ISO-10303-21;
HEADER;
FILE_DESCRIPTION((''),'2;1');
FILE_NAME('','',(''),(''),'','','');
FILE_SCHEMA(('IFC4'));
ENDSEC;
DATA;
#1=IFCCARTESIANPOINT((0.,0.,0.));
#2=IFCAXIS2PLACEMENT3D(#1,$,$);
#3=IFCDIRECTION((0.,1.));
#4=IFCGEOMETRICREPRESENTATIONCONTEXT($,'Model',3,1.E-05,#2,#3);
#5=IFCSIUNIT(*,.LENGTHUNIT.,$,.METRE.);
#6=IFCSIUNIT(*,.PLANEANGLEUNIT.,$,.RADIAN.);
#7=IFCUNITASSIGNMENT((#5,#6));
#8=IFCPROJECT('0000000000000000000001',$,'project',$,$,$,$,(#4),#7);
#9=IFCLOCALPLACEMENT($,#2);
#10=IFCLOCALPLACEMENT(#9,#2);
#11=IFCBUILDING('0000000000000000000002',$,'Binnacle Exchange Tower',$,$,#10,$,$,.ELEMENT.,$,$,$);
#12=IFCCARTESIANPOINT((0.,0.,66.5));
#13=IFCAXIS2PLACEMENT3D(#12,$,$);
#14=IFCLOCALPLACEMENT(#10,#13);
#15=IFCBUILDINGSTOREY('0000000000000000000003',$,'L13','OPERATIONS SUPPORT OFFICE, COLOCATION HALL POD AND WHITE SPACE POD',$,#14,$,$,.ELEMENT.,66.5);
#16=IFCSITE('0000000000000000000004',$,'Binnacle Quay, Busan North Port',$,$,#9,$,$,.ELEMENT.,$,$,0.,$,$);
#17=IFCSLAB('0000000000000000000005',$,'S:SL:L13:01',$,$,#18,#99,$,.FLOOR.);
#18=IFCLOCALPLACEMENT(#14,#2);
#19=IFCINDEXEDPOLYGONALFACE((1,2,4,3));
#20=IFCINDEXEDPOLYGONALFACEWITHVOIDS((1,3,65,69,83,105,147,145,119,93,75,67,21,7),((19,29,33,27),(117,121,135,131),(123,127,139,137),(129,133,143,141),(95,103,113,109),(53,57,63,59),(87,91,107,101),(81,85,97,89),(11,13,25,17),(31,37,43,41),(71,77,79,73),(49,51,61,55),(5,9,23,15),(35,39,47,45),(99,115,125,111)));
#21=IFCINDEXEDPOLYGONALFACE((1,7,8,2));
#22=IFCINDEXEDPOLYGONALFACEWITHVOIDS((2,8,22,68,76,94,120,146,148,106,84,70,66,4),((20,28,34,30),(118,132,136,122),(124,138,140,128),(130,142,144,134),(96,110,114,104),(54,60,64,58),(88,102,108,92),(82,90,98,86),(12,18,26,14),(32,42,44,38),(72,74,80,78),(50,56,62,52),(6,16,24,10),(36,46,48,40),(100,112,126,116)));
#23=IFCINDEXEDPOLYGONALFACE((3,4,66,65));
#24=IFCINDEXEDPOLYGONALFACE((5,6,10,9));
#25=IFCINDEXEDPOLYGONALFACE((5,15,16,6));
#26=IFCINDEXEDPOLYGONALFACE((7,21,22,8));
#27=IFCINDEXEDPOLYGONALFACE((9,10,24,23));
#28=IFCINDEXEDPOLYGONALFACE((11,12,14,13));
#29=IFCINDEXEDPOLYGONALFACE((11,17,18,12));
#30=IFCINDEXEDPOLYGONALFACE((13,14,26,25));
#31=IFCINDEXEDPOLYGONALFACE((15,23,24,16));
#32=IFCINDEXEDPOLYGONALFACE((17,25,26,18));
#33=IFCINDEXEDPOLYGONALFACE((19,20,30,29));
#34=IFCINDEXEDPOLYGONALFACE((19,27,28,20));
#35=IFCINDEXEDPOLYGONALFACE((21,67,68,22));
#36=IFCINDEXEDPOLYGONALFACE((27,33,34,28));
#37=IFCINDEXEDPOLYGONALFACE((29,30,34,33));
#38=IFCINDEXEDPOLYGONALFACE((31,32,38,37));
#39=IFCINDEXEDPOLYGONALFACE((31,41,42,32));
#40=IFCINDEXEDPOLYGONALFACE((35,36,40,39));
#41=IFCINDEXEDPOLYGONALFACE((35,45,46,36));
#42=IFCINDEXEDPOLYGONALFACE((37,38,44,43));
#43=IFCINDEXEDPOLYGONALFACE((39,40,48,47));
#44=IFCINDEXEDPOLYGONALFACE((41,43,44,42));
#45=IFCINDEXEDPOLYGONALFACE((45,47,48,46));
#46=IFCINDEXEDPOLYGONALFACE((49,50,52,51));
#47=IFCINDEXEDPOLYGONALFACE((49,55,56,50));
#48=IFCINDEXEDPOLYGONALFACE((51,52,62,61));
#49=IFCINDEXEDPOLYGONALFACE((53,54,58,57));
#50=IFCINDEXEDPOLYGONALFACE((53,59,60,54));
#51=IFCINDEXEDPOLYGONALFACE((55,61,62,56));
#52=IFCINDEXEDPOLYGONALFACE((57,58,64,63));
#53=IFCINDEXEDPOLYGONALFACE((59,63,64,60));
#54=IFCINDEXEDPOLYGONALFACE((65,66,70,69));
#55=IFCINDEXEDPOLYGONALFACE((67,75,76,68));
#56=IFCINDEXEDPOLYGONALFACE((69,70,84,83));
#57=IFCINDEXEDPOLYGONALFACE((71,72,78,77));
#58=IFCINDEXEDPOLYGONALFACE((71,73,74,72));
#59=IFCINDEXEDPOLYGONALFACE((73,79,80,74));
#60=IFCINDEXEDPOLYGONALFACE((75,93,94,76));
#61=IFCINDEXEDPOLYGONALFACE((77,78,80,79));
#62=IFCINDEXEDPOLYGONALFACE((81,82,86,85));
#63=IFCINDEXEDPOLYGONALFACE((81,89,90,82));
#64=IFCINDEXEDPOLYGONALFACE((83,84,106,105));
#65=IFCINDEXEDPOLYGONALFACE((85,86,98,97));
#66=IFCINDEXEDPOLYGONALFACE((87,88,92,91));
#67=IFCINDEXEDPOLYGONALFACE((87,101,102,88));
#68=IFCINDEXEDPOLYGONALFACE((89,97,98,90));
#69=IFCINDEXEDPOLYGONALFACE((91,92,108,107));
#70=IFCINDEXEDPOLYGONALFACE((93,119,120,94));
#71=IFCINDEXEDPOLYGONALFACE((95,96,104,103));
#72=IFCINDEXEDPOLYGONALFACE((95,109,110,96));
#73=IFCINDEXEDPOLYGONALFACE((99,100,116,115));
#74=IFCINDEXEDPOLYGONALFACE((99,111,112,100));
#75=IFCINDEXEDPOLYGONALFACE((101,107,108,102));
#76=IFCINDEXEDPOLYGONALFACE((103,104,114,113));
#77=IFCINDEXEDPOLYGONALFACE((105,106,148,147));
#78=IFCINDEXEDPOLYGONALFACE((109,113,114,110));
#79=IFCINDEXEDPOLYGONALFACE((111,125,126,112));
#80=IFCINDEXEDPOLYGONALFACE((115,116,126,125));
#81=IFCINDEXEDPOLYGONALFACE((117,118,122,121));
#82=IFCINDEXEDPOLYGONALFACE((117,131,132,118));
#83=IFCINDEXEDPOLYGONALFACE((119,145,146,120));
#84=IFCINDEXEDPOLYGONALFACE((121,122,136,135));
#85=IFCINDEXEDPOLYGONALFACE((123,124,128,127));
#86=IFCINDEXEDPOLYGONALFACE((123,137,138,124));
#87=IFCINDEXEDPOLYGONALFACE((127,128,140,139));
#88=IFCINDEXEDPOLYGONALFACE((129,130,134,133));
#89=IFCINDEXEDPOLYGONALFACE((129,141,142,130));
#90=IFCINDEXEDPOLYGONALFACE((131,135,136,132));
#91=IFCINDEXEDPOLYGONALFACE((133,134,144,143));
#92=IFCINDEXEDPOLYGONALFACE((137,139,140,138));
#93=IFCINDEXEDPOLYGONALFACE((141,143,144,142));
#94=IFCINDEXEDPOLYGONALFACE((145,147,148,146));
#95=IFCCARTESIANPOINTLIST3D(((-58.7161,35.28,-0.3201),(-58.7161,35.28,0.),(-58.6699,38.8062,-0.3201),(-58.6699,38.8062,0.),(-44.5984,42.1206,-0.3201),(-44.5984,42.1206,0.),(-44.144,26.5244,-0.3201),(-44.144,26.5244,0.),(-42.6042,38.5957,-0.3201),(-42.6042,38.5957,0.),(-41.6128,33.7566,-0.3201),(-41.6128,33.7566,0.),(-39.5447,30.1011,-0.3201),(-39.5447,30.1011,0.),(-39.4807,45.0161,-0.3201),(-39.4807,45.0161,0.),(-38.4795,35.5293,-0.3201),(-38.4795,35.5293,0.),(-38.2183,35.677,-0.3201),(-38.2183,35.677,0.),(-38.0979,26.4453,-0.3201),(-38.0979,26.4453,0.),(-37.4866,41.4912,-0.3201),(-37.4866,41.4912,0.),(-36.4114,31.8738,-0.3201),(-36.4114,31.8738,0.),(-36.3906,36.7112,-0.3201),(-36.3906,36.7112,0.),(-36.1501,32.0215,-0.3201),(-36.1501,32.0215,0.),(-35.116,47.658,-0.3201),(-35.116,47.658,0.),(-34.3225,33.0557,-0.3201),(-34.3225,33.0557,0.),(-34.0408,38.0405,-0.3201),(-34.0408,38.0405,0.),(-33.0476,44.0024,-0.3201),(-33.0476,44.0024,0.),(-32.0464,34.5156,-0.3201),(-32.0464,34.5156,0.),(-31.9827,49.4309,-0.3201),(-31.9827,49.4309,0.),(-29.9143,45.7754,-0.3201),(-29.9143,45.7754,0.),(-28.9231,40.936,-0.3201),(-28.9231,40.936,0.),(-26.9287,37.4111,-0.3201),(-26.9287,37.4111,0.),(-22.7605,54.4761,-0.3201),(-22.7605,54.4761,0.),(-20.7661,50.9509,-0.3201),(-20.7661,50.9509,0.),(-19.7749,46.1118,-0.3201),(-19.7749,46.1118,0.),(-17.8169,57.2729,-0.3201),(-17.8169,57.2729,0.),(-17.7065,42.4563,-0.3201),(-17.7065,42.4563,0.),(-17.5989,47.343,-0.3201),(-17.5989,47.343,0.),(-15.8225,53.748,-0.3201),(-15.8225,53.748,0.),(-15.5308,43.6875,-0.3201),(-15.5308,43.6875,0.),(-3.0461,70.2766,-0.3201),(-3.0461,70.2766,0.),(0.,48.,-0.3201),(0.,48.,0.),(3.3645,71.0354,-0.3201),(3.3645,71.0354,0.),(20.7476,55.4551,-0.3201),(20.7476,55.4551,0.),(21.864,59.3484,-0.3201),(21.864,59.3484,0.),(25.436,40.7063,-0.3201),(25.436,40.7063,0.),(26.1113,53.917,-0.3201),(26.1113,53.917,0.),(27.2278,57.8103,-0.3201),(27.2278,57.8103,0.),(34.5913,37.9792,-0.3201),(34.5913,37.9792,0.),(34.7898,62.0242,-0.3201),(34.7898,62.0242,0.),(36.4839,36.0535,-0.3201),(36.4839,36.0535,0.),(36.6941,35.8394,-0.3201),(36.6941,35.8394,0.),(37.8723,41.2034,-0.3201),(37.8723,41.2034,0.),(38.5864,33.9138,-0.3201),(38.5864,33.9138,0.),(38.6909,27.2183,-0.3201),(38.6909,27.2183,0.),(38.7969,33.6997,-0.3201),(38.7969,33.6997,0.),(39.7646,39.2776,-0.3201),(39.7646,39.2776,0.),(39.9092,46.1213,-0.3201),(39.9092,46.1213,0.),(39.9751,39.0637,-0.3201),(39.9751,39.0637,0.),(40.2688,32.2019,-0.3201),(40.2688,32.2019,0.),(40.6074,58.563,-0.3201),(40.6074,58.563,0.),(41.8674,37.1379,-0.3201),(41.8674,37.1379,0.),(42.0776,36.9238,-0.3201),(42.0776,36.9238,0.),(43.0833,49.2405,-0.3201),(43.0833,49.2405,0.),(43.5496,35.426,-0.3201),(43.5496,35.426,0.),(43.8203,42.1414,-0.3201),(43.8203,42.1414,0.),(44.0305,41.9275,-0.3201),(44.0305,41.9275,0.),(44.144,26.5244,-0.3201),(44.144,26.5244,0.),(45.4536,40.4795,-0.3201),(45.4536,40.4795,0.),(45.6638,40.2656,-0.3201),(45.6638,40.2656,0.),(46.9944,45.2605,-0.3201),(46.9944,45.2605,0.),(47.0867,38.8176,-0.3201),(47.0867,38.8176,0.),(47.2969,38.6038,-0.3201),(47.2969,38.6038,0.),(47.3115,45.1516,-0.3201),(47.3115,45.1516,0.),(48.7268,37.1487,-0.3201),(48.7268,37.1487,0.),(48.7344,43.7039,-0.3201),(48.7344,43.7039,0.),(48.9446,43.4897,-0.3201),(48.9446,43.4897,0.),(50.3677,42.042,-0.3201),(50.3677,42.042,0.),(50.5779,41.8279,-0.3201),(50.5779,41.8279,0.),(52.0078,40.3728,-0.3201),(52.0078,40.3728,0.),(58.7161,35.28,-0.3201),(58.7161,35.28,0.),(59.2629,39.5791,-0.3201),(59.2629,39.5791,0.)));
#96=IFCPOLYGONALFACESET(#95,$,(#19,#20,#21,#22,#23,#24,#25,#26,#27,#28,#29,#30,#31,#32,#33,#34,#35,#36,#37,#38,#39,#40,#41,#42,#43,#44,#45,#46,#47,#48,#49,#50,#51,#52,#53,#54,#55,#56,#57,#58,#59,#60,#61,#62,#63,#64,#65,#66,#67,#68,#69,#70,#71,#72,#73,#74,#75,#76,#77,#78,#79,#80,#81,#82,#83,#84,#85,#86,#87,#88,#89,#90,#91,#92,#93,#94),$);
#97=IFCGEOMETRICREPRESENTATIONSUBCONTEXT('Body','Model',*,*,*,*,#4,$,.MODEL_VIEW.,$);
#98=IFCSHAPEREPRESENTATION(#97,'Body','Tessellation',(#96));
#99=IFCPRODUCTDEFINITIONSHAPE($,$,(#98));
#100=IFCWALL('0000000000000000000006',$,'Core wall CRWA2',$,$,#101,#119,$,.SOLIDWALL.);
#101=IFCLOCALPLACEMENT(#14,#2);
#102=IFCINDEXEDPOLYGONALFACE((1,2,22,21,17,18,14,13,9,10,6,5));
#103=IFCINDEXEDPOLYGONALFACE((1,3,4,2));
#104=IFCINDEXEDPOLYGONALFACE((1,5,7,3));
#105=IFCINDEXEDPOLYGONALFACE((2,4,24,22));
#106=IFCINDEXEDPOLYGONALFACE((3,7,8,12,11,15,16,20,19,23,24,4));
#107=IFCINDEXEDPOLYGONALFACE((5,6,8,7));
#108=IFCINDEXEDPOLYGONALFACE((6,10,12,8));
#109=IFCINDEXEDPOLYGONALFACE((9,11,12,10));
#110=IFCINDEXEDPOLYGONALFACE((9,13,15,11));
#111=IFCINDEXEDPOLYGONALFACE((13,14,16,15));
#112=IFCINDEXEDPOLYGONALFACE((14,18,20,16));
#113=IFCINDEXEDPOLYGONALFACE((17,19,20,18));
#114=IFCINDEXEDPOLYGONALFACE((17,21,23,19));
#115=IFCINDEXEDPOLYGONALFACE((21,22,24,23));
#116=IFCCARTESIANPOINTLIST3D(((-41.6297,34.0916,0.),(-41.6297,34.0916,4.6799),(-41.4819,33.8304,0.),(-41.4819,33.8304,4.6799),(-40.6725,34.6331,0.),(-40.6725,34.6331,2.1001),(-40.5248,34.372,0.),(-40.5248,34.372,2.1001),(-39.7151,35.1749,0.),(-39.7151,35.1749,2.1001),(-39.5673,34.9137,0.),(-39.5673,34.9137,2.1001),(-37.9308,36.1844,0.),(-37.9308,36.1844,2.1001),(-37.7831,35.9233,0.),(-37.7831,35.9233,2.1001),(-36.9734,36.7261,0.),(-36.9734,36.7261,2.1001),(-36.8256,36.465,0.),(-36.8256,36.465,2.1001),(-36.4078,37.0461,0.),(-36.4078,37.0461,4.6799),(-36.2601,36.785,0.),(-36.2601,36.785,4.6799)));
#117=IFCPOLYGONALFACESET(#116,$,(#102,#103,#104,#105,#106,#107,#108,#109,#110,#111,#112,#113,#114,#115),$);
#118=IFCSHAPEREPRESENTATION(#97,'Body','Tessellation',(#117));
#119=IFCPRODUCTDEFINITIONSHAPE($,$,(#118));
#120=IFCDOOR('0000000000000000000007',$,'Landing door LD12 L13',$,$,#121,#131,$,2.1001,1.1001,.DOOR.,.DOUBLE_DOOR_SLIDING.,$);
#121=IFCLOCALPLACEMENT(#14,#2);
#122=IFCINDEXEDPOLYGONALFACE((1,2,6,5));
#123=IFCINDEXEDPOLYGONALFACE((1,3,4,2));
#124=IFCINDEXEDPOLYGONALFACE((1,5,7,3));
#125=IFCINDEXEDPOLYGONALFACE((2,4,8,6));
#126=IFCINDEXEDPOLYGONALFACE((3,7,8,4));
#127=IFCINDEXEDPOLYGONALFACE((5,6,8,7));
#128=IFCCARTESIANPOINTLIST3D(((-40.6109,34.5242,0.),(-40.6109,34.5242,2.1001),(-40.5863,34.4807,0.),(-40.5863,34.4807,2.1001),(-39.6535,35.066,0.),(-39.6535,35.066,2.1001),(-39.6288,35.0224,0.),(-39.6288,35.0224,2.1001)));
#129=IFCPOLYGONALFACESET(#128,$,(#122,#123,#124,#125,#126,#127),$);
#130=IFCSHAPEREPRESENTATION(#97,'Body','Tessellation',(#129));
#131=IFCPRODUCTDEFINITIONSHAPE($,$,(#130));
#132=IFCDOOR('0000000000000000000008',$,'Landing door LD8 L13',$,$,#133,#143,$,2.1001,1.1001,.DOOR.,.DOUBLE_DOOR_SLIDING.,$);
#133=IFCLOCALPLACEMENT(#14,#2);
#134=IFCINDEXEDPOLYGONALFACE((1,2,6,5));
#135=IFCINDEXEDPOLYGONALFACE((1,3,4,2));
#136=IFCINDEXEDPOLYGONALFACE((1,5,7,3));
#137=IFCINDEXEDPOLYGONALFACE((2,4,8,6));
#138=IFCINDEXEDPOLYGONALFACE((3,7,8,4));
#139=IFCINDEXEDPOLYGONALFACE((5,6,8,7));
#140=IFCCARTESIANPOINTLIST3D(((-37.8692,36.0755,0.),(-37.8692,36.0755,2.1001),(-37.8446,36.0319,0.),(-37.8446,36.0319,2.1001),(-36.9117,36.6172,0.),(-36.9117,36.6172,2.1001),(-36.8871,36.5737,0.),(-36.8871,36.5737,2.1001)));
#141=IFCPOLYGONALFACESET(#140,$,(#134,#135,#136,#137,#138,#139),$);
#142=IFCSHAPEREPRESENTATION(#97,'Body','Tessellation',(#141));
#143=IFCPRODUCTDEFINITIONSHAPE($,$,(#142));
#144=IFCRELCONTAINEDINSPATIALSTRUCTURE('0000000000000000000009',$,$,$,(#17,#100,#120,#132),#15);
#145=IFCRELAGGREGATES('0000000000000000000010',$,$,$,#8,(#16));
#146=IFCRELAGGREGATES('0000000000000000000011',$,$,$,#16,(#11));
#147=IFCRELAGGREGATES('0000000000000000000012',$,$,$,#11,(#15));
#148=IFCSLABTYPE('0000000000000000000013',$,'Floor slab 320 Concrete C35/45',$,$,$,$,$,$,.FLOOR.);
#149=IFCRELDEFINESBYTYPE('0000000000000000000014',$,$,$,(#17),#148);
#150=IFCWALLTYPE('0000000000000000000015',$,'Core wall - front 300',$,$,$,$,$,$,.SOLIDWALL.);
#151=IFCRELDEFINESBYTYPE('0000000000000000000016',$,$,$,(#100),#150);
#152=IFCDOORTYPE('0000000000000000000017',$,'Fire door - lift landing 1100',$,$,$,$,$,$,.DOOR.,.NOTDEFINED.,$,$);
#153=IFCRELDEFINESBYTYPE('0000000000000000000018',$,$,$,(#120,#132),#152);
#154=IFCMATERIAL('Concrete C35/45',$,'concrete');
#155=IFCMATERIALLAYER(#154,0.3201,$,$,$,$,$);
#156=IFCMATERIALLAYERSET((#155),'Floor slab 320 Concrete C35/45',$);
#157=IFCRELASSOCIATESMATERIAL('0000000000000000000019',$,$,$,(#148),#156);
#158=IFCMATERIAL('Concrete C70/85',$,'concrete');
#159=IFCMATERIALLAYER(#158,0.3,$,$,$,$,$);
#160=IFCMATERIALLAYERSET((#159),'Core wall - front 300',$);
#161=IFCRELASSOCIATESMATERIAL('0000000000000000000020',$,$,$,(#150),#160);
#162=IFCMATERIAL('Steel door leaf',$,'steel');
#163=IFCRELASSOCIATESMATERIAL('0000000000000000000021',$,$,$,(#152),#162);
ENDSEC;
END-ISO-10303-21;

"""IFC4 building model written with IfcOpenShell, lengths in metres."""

from ifc_helpers import new_model, si_unit, direction, frame, frame_2d, origin, place, context, subcontext, project, spatial, polyline, rectangle, outline, extrude, material, layer, layer_set, type_object, element, fill, save


model = new_model("IFC4")

# Units and contexts
model_context = context("Model", 3, precision=1e-05, world=origin(), true_north=direction((0.0, 1.0)))
body_context = subcontext(model_context, "Body", "Model", "MODEL_VIEW")
ifc_project = project(units=[si_unit("LENGTHUNIT", "METRE"), si_unit("PLANEANGLEUNIT", "RADIAN")], contexts=[model_context])

# Site, building, storey
site_placement = place(None, origin())
site = spatial("IfcSite", under=ifc_project, at=site_placement, Name="Binnacle Quay, Busan North Port", CompositionType="ELEMENT", RefElevation=0.0)
building_placement = place(site_placement, origin())
building = spatial("IfcBuilding", under=site, at=building_placement, Name="Binnacle Exchange Tower", CompositionType="ELEMENT")
storey_placement = place(building_placement, frame((0.0, 0.0, 66.5)))
storey = spatial("IfcBuildingStorey", under=building, at=storey_placement, Name="L13", Description="OPERATIONS SUPPORT OFFICE, COLOCATION HALL POD AND WHITE SPACE POD", CompositionType="ELEMENT", Elevation=66.5)

# Shared definitions
ifc_material_1 = material(Name="Concrete C70/85", Category="concrete")

# Slab
ifc_material_2 = material(Name="Concrete C35/45", Category="concrete")
ifc_layer_1 = layer(ifc_material_2, 0.3201)
ifc_layer_set_1 = layer_set([ifc_layer_1], Name="Floor slab 320 Concrete C35/45")
slab_type = type_object("IfcSlabType", Name="Floor slab 320 Concrete C35/45", PredefinedType="FLOOR", material=ifc_layer_set_1)
slab_placement = place(storey_placement, frame((0.0, 0.0, -0.3201)))
element("IfcSlab", 1, at=slab_placement, inside=storey, type_object=slab_type, Name="S:SL:L13:01", PredefinedType="FLOOR", context=body_context, shape_type="SweptSolid", body=[
    extrude(outline(polyline([(59.2629, 39.5791), (58.7161, 35.28), (44.144, 26.5244), (38.6909, 27.2183), (25.436, 40.7063), (0.0, 48.0), (-38.0979, 26.4453), (-44.144, 26.5244), (-58.7161, 35.28), (-58.6699, 38.8062), (-3.0461, 70.2766), (3.3645, 71.0354), (34.7898, 62.0242), (40.6074, 58.563), (59.2629, 39.5791)]), holes=[polyline([(-38.4795, 35.5293), (-41.6128, 33.7566), (-39.5447, 30.1011), (-36.4114, 31.8738), (-38.4795, 35.5293)]), polyline([(-34.3225, 33.0557), (-36.3906, 36.7112), (-38.2183, 35.677), (-36.1501, 32.0215), (-34.3225, 33.0557)]), polyline([(-34.0408, 38.0405), (-32.0464, 34.5156), (-26.9287, 37.4111), (-28.9231, 40.936), (-34.0408, 38.0405)]), polyline([(-37.4866, 41.4912), (-39.4807, 45.0161), (-44.5984, 42.1206), (-42.6042, 38.5957), (-37.4866, 41.4912)]), polyline([(-15.5308, 43.6875), (-17.5989, 47.343), (-19.7749, 46.1118), (-17.7065, 42.4563), (-15.5308, 43.6875)]), polyline([(-29.9143, 45.7754), (-31.9827, 49.4309), (-35.116, 47.658), (-33.0476, 44.0024), (-29.9143, 45.7754)]), polyline([(-15.8225, 53.748), (-17.8169, 57.2729), (-22.7605, 54.4761), (-20.7661, 50.9509), (-15.8225, 53.748)]), polyline([(26.1113, 53.917), (27.2278, 57.8103), (21.864, 59.3484), (20.7476, 55.4551), (26.1113, 53.917)]), polyline([(40.2688, 32.2019), (43.5496, 35.426), (42.0776, 36.9238), (38.7969, 33.6997), (40.2688, 32.2019)]), polyline([(38.5864, 33.9138), (41.8674, 37.1379), (39.9751, 39.0637), (36.6941, 35.8394), (38.5864, 33.9138)]), polyline([(36.4839, 36.0535), (39.7646, 39.2776), (37.8723, 41.2034), (34.5913, 37.9792), (36.4839, 36.0535)]), polyline([(48.7268, 37.1487), (52.0078, 40.3728), (50.5779, 41.8279), (47.2969, 38.6038), (48.7268, 37.1487)]), polyline([(47.0867, 38.8176), (50.3677, 42.042), (48.9446, 43.4897), (45.6638, 40.2656), (47.0867, 38.8176)]), polyline([(45.4536, 40.4795), (48.7344, 43.7039), (47.3115, 45.1516), (44.0305, 41.9275), (45.4536, 40.4795)]), polyline([(43.8203, 42.1414), (46.9944, 45.2605), (43.0833, 49.2405), (39.9092, 46.1213), (43.8203, 42.1414)])]), origin(), (0.0, 0.0, 1.0), 0.3201),
])

# Wall, openings, doors
ifc_layer_2 = layer(ifc_material_1, 0.3)
ifc_layer_set_2 = layer_set([ifc_layer_2], Name="Core wall - front 300")
wall_type_1 = type_object("IfcWallType", Name="Core wall - front 300", PredefinedType="SOLIDWALL", material=ifc_layer_set_2)
wall_1_placement = place(storey_placement, frame((-41.5559, 33.9609, 0.0), z_axis=(0.0, 0.0, 1.0), x_axis=(0.870344, 0.492445, 0.0)))
wall_1 = element("IfcWall", 2, at=wall_1_placement, inside=storey, type_object=wall_type_1, Name="Core wall CRWA2", PredefinedType="SOLIDWALL", context=body_context, shape_type="SweptSolid", body=[
    extrude(rectangle(XDim=5.9998, YDim=0.3, at=frame_2d((3.0, 0.0))), origin(), (0.0, 0.0, 1.0), 4.6799),
])
opening_1_placement = place(wall_1_placement, frame((1.0999, 0.0, 0.0)))
opening_1 = element("IfcOpeningElement", 3, at=opening_1_placement, cuts=wall_1, PredefinedType="OPENING", context=body_context, shape_type="SweptSolid", body=[
    extrude(rectangle(XDim=1.1001, YDim=2.1001, at=frame_2d((0.55, 1.05))), frame((0.0, 0.1599, 0.0), z_axis=(0.0, -1.0, 0.0), x_axis=(1.0, 0.0, 0.0)), (0.0, 0.0, 1.0), 0.3201),
])
opening_2_placement = place(wall_1_placement, frame((4.25, 0.0, 0.0)))
opening_2 = element("IfcOpeningElement", 4, at=opening_2_placement, cuts=wall_1, PredefinedType="OPENING", context=body_context, shape_type="SweptSolid", body=[
    extrude(rectangle(XDim=1.1001, YDim=2.1001, at=frame_2d((0.55, 1.05))), frame((0.0, 0.1599, 0.0), z_axis=(0.0, -1.0, 0.0), x_axis=(1.0, 0.0, 0.0)), (0.0, 0.0, 1.0), 0.3201),
])
ifc_material_3 = material(Name="Steel door leaf", Category="steel")
door_type_1 = type_object("IfcDoorType", Name="Fire door - lift landing 1100", OperationType="NOTDEFINED", PredefinedType="DOOR", material=ifc_material_3)
door_1_placement = place(opening_1_placement, origin())
door_1 = element("IfcDoor", 5, at=door_1_placement, inside=storey, type_object=door_type_1, Name="Landing door LD12 L13", OperationType="DOUBLE_DOOR_SLIDING", OverallHeight=2.1001, OverallWidth=1.1001, PredefinedType="DOOR", context=body_context, shape_type="SweptSolid", body=[
    extrude(rectangle(XDim=1.1001, YDim=2.1001, at=frame_2d((0.55, 1.05))), frame((0.0, 0.0249, 0.0), z_axis=(0.0, -1.0, 0.0), x_axis=(1.0, 0.0, 0.0)), (0.0, 0.0, 1.0), 0.05),
])
fill(opening_1, door_1)
door_2_placement = place(opening_2_placement, origin())
door_2 = element("IfcDoor", 6, at=door_2_placement, inside=storey, type_object=door_type_1, Name="Landing door LD8 L13", OperationType="DOUBLE_DOOR_SLIDING", OverallHeight=2.1001, OverallWidth=1.1001, PredefinedType="DOOR", context=body_context, shape_type="SweptSolid", body=[
    extrude(rectangle(XDim=1.1001, YDim=2.1001, at=frame_2d((0.55, 1.05))), frame((0.0, 0.0249, 0.0), z_axis=(0.0, -1.0, 0.0), x_axis=(1.0, 0.0, 0.0)), (0.0, 0.0, 1.0), 0.05),
])
fill(opening_2, door_2)

save(model, "model.ifc")
